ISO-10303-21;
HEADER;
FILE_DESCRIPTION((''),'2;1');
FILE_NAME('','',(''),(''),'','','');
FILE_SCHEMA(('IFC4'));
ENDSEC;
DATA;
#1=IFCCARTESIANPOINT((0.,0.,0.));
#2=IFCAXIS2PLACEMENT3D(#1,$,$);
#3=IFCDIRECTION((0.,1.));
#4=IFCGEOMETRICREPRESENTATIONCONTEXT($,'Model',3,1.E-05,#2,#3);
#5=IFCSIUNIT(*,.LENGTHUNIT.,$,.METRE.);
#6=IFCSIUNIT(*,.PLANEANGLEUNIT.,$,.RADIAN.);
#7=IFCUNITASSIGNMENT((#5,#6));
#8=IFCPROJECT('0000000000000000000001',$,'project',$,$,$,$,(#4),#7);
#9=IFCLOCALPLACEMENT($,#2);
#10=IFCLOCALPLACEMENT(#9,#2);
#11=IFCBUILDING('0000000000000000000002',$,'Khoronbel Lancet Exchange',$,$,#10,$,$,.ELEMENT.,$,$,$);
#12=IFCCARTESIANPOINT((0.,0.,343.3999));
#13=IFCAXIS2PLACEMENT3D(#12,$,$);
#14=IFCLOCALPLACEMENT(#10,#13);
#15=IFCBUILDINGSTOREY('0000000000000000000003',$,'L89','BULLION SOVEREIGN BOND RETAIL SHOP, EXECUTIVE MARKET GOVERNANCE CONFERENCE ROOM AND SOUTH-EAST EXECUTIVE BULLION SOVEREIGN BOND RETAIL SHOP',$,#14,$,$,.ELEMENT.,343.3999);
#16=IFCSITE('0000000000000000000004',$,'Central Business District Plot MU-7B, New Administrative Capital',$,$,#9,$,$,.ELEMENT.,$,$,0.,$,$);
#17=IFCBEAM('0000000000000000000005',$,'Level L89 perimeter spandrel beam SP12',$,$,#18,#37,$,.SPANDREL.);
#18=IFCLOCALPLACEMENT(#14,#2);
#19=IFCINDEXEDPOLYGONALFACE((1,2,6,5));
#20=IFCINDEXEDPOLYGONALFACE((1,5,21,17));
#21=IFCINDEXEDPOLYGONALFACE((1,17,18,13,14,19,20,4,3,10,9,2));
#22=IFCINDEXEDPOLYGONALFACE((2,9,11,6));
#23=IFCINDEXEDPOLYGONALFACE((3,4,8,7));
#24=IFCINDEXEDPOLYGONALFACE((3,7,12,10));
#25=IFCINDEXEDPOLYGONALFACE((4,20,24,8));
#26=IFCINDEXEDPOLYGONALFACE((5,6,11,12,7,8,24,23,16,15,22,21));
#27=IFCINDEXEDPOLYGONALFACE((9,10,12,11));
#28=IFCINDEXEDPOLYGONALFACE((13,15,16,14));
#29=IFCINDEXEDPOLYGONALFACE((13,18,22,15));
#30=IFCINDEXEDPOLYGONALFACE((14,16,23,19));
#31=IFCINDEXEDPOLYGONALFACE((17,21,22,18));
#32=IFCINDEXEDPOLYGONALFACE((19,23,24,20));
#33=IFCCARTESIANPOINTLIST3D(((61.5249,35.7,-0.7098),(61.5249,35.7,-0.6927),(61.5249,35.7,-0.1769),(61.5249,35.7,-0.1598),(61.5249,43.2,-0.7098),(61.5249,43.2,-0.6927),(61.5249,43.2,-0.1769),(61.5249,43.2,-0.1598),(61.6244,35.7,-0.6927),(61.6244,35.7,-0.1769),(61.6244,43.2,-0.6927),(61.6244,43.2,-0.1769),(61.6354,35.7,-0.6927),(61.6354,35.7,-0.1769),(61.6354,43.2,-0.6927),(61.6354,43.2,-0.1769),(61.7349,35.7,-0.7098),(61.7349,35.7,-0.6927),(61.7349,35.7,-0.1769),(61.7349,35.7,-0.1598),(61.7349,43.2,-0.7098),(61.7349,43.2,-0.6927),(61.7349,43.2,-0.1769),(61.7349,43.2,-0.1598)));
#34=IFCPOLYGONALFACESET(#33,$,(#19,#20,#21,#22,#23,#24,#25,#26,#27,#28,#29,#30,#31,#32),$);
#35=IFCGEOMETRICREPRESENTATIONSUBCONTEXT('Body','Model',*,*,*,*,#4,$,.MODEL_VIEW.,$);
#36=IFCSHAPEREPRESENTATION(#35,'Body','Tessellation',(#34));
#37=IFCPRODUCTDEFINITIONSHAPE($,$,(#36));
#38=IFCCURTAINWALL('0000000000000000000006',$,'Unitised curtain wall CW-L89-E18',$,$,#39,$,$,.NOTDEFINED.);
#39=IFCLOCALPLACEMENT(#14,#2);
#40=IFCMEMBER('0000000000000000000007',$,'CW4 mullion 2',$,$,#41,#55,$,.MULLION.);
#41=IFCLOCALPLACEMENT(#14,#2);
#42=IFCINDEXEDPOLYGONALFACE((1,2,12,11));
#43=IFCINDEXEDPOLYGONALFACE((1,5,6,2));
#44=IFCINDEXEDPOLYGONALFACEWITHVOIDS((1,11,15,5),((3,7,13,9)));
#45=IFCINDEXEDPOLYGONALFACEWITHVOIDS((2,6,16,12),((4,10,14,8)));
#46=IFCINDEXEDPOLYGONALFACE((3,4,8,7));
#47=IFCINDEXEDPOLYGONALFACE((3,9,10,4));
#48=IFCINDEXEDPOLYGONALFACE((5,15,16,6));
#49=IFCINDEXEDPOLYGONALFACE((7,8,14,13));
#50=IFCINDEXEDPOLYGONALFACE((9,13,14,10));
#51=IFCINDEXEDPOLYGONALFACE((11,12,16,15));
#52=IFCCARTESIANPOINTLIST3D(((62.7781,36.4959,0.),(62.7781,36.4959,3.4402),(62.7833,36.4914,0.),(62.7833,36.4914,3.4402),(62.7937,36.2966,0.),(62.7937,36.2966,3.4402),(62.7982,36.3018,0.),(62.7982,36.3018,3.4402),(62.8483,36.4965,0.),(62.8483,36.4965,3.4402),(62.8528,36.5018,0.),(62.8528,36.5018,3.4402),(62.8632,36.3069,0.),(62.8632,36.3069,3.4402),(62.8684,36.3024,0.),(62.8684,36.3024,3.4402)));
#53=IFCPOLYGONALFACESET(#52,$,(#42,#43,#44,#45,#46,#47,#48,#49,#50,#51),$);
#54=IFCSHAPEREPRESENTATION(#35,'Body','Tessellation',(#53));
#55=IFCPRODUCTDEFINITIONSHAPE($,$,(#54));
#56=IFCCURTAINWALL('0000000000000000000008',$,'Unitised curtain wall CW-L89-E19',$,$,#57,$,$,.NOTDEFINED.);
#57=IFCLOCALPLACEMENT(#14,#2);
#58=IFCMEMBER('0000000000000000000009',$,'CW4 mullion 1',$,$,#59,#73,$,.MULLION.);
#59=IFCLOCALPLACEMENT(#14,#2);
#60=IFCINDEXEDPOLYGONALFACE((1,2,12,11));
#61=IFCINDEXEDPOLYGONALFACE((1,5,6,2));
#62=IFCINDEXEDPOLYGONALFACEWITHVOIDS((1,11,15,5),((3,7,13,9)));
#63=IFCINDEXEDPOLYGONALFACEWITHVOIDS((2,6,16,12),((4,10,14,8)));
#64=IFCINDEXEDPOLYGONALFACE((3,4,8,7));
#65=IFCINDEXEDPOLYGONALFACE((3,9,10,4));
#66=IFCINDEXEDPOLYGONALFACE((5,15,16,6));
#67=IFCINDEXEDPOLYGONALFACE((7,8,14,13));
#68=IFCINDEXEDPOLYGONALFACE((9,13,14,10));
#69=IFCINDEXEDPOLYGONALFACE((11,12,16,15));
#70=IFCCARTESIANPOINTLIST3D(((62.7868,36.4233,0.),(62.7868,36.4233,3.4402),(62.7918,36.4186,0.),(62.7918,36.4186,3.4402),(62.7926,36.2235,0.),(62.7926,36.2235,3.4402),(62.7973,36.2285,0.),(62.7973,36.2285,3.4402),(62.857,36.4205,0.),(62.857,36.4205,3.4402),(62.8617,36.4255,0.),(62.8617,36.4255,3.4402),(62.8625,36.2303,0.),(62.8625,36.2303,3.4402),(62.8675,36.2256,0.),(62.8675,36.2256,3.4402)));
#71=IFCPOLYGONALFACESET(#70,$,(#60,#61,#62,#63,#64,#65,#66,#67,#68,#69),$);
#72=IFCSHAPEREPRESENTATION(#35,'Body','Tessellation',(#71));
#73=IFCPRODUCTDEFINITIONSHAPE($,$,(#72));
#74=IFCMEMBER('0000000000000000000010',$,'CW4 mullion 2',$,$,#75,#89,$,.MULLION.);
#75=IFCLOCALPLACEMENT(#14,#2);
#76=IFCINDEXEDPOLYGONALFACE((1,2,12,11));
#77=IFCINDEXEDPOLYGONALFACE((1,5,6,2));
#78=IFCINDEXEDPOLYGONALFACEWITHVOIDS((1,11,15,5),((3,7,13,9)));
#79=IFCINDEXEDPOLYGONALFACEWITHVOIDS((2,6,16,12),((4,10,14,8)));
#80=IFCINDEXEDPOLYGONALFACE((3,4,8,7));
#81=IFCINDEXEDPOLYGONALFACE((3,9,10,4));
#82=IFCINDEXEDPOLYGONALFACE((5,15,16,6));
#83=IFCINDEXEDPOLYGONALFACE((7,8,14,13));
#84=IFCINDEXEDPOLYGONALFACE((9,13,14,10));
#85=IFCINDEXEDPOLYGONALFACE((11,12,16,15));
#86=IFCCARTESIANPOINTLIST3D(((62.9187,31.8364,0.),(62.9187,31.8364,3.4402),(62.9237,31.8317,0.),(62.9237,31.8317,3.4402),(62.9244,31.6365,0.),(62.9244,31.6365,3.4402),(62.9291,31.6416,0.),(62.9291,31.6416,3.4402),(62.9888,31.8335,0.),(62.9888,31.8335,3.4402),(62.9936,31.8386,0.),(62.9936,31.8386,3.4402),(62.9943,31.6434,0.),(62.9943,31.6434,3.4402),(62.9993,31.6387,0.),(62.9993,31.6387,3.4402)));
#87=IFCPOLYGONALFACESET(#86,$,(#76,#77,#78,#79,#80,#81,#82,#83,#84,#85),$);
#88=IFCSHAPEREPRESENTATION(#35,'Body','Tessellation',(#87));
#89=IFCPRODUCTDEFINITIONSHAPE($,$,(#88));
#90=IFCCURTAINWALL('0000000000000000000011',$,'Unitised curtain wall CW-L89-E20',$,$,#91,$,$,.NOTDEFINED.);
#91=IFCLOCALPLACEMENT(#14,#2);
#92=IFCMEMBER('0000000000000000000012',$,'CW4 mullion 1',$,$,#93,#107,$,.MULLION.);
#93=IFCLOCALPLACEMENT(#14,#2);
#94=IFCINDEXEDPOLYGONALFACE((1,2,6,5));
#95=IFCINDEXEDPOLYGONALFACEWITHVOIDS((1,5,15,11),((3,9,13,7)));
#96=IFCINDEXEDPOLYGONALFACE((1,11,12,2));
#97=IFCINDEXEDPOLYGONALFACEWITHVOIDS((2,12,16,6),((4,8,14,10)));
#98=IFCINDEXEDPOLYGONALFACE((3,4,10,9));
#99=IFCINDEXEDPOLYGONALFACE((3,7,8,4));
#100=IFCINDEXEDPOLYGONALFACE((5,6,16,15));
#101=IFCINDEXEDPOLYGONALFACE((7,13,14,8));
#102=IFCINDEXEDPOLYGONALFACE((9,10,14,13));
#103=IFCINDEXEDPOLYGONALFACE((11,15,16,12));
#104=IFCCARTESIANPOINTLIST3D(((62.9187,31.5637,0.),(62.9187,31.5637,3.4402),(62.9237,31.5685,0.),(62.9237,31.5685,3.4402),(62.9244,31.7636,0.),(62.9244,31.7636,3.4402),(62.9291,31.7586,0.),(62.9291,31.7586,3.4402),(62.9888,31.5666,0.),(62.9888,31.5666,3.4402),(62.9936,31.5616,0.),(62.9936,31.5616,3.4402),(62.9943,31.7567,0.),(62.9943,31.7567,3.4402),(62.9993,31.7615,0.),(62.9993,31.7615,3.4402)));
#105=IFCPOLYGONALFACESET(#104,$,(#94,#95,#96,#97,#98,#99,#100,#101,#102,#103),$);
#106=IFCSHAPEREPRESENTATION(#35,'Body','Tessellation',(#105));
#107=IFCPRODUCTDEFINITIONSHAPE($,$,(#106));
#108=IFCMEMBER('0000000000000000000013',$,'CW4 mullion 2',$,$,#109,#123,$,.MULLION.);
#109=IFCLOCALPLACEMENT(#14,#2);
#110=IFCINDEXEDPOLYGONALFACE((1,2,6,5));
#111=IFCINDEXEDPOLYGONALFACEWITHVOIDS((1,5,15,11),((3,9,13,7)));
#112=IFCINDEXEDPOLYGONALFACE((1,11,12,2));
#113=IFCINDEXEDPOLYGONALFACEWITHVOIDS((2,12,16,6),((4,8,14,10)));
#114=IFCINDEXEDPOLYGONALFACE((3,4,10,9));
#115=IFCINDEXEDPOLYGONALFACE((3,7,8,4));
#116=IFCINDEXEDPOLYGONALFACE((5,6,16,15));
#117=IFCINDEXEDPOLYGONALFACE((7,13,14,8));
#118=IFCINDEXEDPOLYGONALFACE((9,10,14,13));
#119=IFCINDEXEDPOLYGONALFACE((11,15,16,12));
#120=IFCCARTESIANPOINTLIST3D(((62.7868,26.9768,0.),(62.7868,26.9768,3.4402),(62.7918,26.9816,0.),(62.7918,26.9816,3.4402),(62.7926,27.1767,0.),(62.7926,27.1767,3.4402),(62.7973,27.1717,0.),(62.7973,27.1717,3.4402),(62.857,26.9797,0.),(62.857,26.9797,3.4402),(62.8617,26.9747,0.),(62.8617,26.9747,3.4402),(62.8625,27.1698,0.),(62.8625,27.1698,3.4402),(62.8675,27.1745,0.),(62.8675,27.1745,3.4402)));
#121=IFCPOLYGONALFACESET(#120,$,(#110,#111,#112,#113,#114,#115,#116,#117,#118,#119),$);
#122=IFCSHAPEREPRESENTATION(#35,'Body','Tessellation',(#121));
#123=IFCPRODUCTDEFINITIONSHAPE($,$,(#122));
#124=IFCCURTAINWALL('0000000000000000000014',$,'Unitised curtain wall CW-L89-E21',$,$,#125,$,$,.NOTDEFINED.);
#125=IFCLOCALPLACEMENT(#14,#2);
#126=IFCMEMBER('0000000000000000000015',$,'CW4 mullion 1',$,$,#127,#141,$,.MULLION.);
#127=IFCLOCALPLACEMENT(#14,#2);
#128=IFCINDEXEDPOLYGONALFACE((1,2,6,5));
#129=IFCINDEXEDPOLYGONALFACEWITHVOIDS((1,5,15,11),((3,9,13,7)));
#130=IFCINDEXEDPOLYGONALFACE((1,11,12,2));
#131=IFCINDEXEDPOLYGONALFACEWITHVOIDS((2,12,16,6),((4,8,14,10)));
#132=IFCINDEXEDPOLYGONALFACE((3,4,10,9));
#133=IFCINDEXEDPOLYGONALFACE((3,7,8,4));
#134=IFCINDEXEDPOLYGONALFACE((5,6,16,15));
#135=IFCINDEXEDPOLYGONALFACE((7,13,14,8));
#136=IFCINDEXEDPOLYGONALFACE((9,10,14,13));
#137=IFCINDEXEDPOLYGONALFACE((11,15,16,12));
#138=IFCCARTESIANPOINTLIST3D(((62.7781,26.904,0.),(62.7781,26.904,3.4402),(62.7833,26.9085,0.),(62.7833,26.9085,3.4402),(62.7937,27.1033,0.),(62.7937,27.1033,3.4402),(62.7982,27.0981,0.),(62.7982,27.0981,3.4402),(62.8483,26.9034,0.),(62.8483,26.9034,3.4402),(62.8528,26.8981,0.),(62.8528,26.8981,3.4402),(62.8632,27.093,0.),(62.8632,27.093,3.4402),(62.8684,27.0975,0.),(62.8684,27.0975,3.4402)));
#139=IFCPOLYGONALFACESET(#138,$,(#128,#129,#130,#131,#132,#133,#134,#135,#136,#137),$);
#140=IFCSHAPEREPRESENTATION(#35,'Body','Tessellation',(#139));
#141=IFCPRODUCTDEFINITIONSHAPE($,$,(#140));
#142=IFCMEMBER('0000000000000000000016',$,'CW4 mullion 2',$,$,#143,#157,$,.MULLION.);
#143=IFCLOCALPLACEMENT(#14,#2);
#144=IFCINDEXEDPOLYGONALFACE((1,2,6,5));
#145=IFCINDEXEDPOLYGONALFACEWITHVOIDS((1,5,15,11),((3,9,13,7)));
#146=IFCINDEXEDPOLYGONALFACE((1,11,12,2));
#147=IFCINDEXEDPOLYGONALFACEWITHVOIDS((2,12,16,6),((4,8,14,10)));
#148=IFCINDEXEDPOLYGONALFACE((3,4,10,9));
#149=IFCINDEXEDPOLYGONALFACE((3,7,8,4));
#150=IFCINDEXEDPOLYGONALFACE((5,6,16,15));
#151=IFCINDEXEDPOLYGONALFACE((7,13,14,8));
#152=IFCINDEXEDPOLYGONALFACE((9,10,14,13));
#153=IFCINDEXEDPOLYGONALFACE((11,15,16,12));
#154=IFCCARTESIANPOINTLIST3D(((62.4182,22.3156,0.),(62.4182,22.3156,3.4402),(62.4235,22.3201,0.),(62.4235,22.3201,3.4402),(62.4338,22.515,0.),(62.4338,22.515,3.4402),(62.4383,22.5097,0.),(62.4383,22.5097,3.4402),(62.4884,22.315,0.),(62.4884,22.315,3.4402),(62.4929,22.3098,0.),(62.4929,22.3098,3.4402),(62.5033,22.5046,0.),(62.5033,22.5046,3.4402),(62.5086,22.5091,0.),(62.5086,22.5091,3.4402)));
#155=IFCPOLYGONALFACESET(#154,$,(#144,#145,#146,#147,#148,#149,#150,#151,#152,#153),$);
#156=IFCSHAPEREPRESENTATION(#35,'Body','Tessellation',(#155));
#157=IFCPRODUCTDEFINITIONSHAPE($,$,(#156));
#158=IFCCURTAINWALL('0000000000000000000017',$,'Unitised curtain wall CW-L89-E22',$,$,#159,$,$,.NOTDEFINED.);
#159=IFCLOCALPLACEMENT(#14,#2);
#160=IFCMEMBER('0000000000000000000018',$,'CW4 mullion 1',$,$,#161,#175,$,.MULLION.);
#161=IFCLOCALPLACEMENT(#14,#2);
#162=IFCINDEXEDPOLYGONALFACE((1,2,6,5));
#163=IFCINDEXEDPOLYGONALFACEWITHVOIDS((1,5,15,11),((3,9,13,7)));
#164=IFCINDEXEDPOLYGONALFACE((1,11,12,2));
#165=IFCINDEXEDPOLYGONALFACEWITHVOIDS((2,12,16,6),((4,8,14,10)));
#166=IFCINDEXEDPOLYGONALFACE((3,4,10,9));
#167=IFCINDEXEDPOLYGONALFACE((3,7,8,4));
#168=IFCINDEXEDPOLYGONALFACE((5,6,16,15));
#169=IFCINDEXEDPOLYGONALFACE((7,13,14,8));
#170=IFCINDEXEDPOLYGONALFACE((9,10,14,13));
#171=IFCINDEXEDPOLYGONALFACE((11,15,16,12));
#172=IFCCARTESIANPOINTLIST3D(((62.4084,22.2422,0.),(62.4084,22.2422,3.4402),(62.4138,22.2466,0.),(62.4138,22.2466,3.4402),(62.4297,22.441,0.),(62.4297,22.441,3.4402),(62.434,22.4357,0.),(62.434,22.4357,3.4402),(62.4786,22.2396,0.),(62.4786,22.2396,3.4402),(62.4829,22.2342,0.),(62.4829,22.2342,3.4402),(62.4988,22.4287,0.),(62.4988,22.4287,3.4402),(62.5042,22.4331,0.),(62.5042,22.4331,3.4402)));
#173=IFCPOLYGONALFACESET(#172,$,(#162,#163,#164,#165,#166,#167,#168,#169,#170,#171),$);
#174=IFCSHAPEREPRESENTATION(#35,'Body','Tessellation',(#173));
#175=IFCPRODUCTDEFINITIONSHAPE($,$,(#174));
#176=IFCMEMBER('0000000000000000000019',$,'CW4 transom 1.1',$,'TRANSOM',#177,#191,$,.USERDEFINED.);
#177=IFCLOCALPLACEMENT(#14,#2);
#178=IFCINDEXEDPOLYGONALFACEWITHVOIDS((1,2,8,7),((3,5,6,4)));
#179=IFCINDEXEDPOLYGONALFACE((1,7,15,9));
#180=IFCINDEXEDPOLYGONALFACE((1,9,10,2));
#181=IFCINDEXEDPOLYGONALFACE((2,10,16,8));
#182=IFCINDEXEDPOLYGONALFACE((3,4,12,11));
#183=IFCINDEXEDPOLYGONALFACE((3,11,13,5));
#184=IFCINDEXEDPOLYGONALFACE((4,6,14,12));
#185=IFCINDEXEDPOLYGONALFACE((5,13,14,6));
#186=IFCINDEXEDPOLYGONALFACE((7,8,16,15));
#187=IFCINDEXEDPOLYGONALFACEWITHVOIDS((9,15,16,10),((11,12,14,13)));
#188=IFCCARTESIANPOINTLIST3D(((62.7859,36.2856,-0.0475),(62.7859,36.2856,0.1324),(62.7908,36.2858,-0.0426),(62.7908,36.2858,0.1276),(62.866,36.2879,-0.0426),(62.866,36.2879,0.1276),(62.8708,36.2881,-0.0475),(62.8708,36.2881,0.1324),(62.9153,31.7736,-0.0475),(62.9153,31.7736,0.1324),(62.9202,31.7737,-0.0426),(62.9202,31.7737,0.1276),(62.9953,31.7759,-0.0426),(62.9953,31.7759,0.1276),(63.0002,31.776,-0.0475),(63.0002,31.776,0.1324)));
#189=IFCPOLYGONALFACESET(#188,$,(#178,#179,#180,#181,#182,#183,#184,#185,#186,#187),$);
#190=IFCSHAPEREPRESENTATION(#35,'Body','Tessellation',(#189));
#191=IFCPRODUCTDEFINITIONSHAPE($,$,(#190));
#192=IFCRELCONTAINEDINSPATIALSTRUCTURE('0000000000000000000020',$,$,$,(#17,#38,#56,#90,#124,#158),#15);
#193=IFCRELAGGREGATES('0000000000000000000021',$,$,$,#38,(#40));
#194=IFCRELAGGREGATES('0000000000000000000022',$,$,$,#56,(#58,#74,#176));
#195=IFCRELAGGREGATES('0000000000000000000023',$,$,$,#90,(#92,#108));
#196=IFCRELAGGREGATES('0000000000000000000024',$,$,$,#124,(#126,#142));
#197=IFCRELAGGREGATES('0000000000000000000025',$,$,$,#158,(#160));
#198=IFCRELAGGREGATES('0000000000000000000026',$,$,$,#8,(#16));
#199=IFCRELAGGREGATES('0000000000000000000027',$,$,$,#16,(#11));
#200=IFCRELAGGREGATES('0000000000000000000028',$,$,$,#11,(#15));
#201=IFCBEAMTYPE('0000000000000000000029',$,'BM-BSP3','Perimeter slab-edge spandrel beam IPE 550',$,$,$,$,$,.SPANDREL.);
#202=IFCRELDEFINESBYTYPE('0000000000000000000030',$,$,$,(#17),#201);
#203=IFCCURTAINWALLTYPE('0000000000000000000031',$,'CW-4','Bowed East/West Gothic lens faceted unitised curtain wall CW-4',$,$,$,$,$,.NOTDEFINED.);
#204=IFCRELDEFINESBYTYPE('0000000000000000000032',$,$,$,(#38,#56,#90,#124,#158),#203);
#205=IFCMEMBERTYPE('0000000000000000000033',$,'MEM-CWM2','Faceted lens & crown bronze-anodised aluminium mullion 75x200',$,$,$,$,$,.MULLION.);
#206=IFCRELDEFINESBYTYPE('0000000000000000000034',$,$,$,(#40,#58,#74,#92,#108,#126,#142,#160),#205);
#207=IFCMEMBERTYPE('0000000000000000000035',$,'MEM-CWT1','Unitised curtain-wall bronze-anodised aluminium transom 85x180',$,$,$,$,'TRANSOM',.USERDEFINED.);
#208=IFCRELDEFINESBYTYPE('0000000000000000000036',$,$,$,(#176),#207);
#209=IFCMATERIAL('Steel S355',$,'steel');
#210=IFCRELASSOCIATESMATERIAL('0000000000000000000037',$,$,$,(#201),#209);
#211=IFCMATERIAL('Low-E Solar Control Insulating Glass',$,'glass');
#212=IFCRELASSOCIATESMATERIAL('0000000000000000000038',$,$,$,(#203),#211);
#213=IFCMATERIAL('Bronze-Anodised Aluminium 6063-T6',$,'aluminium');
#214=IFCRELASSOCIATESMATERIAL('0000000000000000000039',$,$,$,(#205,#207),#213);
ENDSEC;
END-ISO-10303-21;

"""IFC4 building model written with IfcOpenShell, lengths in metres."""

from ifc_helpers import new_model, si_unit, direction, frame, origin, origin_2d, place, context, subcontext, project, spatial, hollow_rectangle, i_section, extrude, material, material_profile, profile_set, type_object, element, aggregate, save


model = new_model("IFC4")

# Units and contexts
model_context = context("Model", 3, precision=1e-05, world=origin(), true_north=direction((0.0, 1.0)))
body_context = subcontext(model_context, "Body", "Model", "MODEL_VIEW")
ifc_project = project(units=[si_unit("LENGTHUNIT", "METRE"), si_unit("PLANEANGLEUNIT", "RADIAN")], contexts=[model_context])

# Site, building, storey
site_placement = place(None, origin())
site = spatial("IfcSite", under=ifc_project, at=site_placement, Name="Central Business District Plot MU-7B, New Administrative Capital", CompositionType="ELEMENT", RefElevation=0.0)
building_placement = place(site_placement, origin())
building = spatial("IfcBuilding", under=site, at=building_placement, Name="Khoronbel Lancet Exchange", CompositionType="ELEMENT")
storey_placement = place(building_placement, frame((0.0, 0.0, 343.3999)))
storey = spatial("IfcBuildingStorey", under=building, at=storey_placement, Name="L89", Description="BULLION SOVEREIGN BOND RETAIL SHOP, EXECUTIVE MARKET GOVERNANCE CONFERENCE ROOM AND SOUTH-EAST EXECUTIVE BULLION SOVEREIGN BOND RETAIL SHOP", CompositionType="ELEMENT", Elevation=343.3999)

# Beam
ifc_material_1 = material(Name="Steel S355", Category="steel")
ifc_material_profile_1 = material_profile(ifc_material_1, i_section(OverallWidth=0.21, OverallDepth=0.55, WebThickness=0.011, FlangeThickness=0.0171, at=origin_2d()), Name="IPE 550")
ifc_profile_set_1 = profile_set([ifc_material_profile_1], Name="Steel S355")
beam_type = type_object("IfcBeamType", Name="BM-BSP3", Description="Perimeter slab-edge spandrel beam IPE 550", PredefinedType="SPANDREL", material=ifc_profile_set_1)
beam_placement = place(storey_placement, frame((61.6299, 35.7, -0.4348), z_axis=(0.0, 1.0, 0.0), x_axis=(-1.0, 0.0, 0.0)))
element("IfcBeam", 1, at=beam_placement, inside=storey, type_object=beam_type, Name="Level L89 perimeter spandrel beam SP12", PredefinedType="SPANDREL", context=body_context, shape_type="SweptSolid", body=[
    extrude(i_section(OverallWidth=0.21, OverallDepth=0.55, WebThickness=0.011, FlangeThickness=0.0171, at=origin_2d()), origin(), (0.0, 0.0, 1.0), 7.5),
])

# Curtain wall, member
ifc_material_2 = material(Name="Low-E Solar Control Insulating Glass", Category="glass")
curtain_wall_type = type_object("IfcCurtainWallType", Name="CW-4", Description="Bowed East/West Gothic lens faceted unitised curtain wall CW-4", PredefinedType="NOTDEFINED", material=ifc_material_2)
curtain_wall_1_placement = place(storey_placement, origin())
curtain_wall_1 = element("IfcCurtainWall", 2, at=curtain_wall_1_placement, inside=storey, type_object=curtain_wall_type, Name="Unitised curtain wall CW-L89-E18", PredefinedType="NOTDEFINED")
ifc_material_3 = material(Name="Bronze-Anodised Aluminium 6063-T6", Category="aluminium")
ifc_material_profile_2 = material_profile(ifc_material_3, hollow_rectangle(XDim=0.075, YDim=0.2, WallThickness=0.0049, at=origin_2d()), Name="ALU MULLION 75x200")
ifc_profile_set_2 = profile_set([ifc_material_profile_2], Name="Bronze-Anodised Aluminium 6063-T6")
member_type_1 = type_object("IfcMemberType", Name="MEM-CWM2", Description="Faceted lens & crown bronze-anodised aluminium mullion 75x200", PredefinedType="MULLION", material=ifc_profile_set_2)
member_1_placement = place(storey_placement, frame((62.8232, 36.3992, 0.0), z_axis=(0.0, 0.0, 1.0), x_axis=(0.996939, 0.078184, 0.0)))
member_1 = element("IfcMember", 3, at=member_1_placement, type_object=member_type_1, Name="CW4 mullion 2", PredefinedType="MULLION", context=body_context, shape_type="SweptSolid", body=[
    extrude(hollow_rectangle(XDim=0.075, YDim=0.2, WallThickness=0.0049, at=origin_2d()), origin(), (0.0, 0.0, 1.0), 3.4402),
])
aggregate(curtain_wall_1, [member_1])

# Curtain walls, members
curtain_wall_2_placement = place(storey_placement, origin())
curtain_wall_2 = element("IfcCurtainWall", 4, at=curtain_wall_2_placement, inside=storey, type_object=curtain_wall_type, Name="Unitised curtain wall CW-L89-E19", PredefinedType="NOTDEFINED")
member_2_placement = place(storey_placement, frame((62.8271, 36.3245, 0.0), z_axis=(0.0, 0.0, 1.0), x_axis=(0.999588, 0.02871, 0.0)))
member_2 = element("IfcMember", 5, at=member_2_placement, type_object=member_type_1, Name="CW4 mullion 1", PredefinedType="MULLION", context=body_context, shape_type="SweptSolid", body=[
    extrude(hollow_rectangle(XDim=0.075, YDim=0.2, WallThickness=0.0049, at=origin_2d()), origin(), (0.0, 0.0, 1.0), 3.4402),
])
member_3_placement = place(storey_placement, frame((62.959, 31.7375, 0.0), z_axis=(0.0, 0.0, 1.0), x_axis=(0.999588, 0.02871, 0.0)))
member_3 = element("IfcMember", 6, at=member_3_placement, type_object=member_type_1, Name="CW4 mullion 2", PredefinedType="MULLION", context=body_context, shape_type="SweptSolid", body=[
    extrude(hollow_rectangle(XDim=0.075, YDim=0.2, WallThickness=0.0049, at=origin_2d()), origin(), (0.0, 0.0, 1.0), 3.4402),
])
curtain_wall_3_placement = place(storey_placement, origin())
curtain_wall_3 = element("IfcCurtainWall", 7, at=curtain_wall_3_placement, inside=storey, type_object=curtain_wall_type, Name="Unitised curtain wall CW-L89-E20", PredefinedType="NOTDEFINED")
member_4_placement = place(storey_placement, frame((62.959, 31.6626, 0.0), z_axis=(0.0, 0.0, 1.0), x_axis=(0.999588, -0.02871, 0.0)))
member_4 = element("IfcMember", 8, at=member_4_placement, type_object=member_type_1, Name="CW4 mullion 1", PredefinedType="MULLION", context=body_context, shape_type="SweptSolid", body=[
    extrude(hollow_rectangle(XDim=0.075, YDim=0.2, WallThickness=0.0049, at=origin_2d()), origin(), (0.0, 0.0, 1.0), 3.4402),
])
member_5_placement = place(storey_placement, frame((62.8271, 27.0757, 0.0), z_axis=(0.0, 0.0, 1.0), x_axis=(0.999588, -0.02871, 0.0)))
member_5 = element("IfcMember", 9, at=member_5_placement, type_object=member_type_1, Name="CW4 mullion 2", PredefinedType="MULLION", context=body_context, shape_type="SweptSolid", body=[
    extrude(hollow_rectangle(XDim=0.075, YDim=0.2, WallThickness=0.0049, at=origin_2d()), origin(), (0.0, 0.0, 1.0), 3.4402),
])
curtain_wall_4_placement = place(storey_placement, origin())
curtain_wall_4 = element("IfcCurtainWall", 10, at=curtain_wall_4_placement, inside=storey, type_object=curtain_wall_type, Name="Unitised curtain wall CW-L89-E21", PredefinedType="NOTDEFINED")
member_6_placement = place(storey_placement, frame((62.8232, 27.0007, 0.0), z_axis=(0.0, 0.0, 1.0), x_axis=(0.996939, -0.078184, 0.0)))
member_6 = element("IfcMember", 11, at=member_6_placement, type_object=member_type_1, Name="CW4 mullion 1", PredefinedType="MULLION", context=body_context, shape_type="SweptSolid", body=[
    extrude(hollow_rectangle(XDim=0.075, YDim=0.2, WallThickness=0.0049, at=origin_2d()), origin(), (0.0, 0.0, 1.0), 3.4402),
])
member_7_placement = place(storey_placement, frame((62.4634, 22.4124, 0.0), z_axis=(0.0, 0.0, 1.0), x_axis=(0.996939, -0.078184, 0.0)))
member_7 = element("IfcMember", 12, at=member_7_placement, type_object=member_type_1, Name="CW4 mullion 2", PredefinedType="MULLION", context=body_context, shape_type="SweptSolid", body=[
    extrude(hollow_rectangle(XDim=0.075, YDim=0.2, WallThickness=0.0049, at=origin_2d()), origin(), (0.0, 0.0, 1.0), 3.4402),
])

# Curtain wall, member
curtain_wall_5_placement = place(storey_placement, origin())
curtain_wall_5 = element("IfcCurtainWall", 13, at=curtain_wall_5_placement, inside=storey, type_object=curtain_wall_type, Name="Unitised curtain wall CW-L89-E22", PredefinedType="NOTDEFINED")
member_8_placement = place(storey_placement, frame((62.4563, 22.3376, 0.0), z_axis=(0.0, 0.0, 1.0), x_axis=(0.994309, -0.106538, 0.0)))
member_8 = element("IfcMember", 14, at=member_8_placement, type_object=member_type_1, Name="CW4 mullion 1", PredefinedType="MULLION", context=body_context, shape_type="SweptSolid", body=[
    extrude(hollow_rectangle(XDim=0.075, YDim=0.2, WallThickness=0.0049, at=origin_2d()), origin(), (0.0, 0.0, 1.0), 3.4402),
])

# Member
ifc_material_profile_3 = material_profile(ifc_material_3, hollow_rectangle(XDim=0.085, YDim=0.1799, WallThickness=0.0049, at=origin_2d()), Name="ALU TRANSOM 85x180")
ifc_profile_set_3 = profile_set([ifc_material_profile_3], Name="Bronze-Anodised Aluminium 6063-T6")
member_type_2 = type_object("IfcMemberType", Name="MEM-CWT1", Description="Unitised curtain-wall bronze-anodised aluminium transom 85x180", ElementType="TRANSOM", PredefinedType="USERDEFINED", material=ifc_profile_set_3)
member_9_placement = place(storey_placement, frame((62.8284, 36.2869, 0.0425), z_axis=(0.028666, -0.999589, 0.0), x_axis=(0.999589, 0.028666, 0.0)))
member_9 = element("IfcMember", 15, at=member_9_placement, type_object=member_type_2, Name="CW4 transom 1.1", ObjectType="TRANSOM", PredefinedType="USERDEFINED", context=body_context, shape_type="SweptSolid", body=[
    extrude(hollow_rectangle(XDim=0.085, YDim=0.1799, WallThickness=0.0049, at=origin_2d()), origin(), (0.0, 0.0, 1.0), 4.5139),
])

aggregate(curtain_wall_2, [member_2, member_3, member_9])
aggregate(curtain_wall_3, [member_4, member_5])
aggregate(curtain_wall_4, [member_6, member_7])
aggregate(curtain_wall_5, [member_8])

save(model, "model.ifc")
